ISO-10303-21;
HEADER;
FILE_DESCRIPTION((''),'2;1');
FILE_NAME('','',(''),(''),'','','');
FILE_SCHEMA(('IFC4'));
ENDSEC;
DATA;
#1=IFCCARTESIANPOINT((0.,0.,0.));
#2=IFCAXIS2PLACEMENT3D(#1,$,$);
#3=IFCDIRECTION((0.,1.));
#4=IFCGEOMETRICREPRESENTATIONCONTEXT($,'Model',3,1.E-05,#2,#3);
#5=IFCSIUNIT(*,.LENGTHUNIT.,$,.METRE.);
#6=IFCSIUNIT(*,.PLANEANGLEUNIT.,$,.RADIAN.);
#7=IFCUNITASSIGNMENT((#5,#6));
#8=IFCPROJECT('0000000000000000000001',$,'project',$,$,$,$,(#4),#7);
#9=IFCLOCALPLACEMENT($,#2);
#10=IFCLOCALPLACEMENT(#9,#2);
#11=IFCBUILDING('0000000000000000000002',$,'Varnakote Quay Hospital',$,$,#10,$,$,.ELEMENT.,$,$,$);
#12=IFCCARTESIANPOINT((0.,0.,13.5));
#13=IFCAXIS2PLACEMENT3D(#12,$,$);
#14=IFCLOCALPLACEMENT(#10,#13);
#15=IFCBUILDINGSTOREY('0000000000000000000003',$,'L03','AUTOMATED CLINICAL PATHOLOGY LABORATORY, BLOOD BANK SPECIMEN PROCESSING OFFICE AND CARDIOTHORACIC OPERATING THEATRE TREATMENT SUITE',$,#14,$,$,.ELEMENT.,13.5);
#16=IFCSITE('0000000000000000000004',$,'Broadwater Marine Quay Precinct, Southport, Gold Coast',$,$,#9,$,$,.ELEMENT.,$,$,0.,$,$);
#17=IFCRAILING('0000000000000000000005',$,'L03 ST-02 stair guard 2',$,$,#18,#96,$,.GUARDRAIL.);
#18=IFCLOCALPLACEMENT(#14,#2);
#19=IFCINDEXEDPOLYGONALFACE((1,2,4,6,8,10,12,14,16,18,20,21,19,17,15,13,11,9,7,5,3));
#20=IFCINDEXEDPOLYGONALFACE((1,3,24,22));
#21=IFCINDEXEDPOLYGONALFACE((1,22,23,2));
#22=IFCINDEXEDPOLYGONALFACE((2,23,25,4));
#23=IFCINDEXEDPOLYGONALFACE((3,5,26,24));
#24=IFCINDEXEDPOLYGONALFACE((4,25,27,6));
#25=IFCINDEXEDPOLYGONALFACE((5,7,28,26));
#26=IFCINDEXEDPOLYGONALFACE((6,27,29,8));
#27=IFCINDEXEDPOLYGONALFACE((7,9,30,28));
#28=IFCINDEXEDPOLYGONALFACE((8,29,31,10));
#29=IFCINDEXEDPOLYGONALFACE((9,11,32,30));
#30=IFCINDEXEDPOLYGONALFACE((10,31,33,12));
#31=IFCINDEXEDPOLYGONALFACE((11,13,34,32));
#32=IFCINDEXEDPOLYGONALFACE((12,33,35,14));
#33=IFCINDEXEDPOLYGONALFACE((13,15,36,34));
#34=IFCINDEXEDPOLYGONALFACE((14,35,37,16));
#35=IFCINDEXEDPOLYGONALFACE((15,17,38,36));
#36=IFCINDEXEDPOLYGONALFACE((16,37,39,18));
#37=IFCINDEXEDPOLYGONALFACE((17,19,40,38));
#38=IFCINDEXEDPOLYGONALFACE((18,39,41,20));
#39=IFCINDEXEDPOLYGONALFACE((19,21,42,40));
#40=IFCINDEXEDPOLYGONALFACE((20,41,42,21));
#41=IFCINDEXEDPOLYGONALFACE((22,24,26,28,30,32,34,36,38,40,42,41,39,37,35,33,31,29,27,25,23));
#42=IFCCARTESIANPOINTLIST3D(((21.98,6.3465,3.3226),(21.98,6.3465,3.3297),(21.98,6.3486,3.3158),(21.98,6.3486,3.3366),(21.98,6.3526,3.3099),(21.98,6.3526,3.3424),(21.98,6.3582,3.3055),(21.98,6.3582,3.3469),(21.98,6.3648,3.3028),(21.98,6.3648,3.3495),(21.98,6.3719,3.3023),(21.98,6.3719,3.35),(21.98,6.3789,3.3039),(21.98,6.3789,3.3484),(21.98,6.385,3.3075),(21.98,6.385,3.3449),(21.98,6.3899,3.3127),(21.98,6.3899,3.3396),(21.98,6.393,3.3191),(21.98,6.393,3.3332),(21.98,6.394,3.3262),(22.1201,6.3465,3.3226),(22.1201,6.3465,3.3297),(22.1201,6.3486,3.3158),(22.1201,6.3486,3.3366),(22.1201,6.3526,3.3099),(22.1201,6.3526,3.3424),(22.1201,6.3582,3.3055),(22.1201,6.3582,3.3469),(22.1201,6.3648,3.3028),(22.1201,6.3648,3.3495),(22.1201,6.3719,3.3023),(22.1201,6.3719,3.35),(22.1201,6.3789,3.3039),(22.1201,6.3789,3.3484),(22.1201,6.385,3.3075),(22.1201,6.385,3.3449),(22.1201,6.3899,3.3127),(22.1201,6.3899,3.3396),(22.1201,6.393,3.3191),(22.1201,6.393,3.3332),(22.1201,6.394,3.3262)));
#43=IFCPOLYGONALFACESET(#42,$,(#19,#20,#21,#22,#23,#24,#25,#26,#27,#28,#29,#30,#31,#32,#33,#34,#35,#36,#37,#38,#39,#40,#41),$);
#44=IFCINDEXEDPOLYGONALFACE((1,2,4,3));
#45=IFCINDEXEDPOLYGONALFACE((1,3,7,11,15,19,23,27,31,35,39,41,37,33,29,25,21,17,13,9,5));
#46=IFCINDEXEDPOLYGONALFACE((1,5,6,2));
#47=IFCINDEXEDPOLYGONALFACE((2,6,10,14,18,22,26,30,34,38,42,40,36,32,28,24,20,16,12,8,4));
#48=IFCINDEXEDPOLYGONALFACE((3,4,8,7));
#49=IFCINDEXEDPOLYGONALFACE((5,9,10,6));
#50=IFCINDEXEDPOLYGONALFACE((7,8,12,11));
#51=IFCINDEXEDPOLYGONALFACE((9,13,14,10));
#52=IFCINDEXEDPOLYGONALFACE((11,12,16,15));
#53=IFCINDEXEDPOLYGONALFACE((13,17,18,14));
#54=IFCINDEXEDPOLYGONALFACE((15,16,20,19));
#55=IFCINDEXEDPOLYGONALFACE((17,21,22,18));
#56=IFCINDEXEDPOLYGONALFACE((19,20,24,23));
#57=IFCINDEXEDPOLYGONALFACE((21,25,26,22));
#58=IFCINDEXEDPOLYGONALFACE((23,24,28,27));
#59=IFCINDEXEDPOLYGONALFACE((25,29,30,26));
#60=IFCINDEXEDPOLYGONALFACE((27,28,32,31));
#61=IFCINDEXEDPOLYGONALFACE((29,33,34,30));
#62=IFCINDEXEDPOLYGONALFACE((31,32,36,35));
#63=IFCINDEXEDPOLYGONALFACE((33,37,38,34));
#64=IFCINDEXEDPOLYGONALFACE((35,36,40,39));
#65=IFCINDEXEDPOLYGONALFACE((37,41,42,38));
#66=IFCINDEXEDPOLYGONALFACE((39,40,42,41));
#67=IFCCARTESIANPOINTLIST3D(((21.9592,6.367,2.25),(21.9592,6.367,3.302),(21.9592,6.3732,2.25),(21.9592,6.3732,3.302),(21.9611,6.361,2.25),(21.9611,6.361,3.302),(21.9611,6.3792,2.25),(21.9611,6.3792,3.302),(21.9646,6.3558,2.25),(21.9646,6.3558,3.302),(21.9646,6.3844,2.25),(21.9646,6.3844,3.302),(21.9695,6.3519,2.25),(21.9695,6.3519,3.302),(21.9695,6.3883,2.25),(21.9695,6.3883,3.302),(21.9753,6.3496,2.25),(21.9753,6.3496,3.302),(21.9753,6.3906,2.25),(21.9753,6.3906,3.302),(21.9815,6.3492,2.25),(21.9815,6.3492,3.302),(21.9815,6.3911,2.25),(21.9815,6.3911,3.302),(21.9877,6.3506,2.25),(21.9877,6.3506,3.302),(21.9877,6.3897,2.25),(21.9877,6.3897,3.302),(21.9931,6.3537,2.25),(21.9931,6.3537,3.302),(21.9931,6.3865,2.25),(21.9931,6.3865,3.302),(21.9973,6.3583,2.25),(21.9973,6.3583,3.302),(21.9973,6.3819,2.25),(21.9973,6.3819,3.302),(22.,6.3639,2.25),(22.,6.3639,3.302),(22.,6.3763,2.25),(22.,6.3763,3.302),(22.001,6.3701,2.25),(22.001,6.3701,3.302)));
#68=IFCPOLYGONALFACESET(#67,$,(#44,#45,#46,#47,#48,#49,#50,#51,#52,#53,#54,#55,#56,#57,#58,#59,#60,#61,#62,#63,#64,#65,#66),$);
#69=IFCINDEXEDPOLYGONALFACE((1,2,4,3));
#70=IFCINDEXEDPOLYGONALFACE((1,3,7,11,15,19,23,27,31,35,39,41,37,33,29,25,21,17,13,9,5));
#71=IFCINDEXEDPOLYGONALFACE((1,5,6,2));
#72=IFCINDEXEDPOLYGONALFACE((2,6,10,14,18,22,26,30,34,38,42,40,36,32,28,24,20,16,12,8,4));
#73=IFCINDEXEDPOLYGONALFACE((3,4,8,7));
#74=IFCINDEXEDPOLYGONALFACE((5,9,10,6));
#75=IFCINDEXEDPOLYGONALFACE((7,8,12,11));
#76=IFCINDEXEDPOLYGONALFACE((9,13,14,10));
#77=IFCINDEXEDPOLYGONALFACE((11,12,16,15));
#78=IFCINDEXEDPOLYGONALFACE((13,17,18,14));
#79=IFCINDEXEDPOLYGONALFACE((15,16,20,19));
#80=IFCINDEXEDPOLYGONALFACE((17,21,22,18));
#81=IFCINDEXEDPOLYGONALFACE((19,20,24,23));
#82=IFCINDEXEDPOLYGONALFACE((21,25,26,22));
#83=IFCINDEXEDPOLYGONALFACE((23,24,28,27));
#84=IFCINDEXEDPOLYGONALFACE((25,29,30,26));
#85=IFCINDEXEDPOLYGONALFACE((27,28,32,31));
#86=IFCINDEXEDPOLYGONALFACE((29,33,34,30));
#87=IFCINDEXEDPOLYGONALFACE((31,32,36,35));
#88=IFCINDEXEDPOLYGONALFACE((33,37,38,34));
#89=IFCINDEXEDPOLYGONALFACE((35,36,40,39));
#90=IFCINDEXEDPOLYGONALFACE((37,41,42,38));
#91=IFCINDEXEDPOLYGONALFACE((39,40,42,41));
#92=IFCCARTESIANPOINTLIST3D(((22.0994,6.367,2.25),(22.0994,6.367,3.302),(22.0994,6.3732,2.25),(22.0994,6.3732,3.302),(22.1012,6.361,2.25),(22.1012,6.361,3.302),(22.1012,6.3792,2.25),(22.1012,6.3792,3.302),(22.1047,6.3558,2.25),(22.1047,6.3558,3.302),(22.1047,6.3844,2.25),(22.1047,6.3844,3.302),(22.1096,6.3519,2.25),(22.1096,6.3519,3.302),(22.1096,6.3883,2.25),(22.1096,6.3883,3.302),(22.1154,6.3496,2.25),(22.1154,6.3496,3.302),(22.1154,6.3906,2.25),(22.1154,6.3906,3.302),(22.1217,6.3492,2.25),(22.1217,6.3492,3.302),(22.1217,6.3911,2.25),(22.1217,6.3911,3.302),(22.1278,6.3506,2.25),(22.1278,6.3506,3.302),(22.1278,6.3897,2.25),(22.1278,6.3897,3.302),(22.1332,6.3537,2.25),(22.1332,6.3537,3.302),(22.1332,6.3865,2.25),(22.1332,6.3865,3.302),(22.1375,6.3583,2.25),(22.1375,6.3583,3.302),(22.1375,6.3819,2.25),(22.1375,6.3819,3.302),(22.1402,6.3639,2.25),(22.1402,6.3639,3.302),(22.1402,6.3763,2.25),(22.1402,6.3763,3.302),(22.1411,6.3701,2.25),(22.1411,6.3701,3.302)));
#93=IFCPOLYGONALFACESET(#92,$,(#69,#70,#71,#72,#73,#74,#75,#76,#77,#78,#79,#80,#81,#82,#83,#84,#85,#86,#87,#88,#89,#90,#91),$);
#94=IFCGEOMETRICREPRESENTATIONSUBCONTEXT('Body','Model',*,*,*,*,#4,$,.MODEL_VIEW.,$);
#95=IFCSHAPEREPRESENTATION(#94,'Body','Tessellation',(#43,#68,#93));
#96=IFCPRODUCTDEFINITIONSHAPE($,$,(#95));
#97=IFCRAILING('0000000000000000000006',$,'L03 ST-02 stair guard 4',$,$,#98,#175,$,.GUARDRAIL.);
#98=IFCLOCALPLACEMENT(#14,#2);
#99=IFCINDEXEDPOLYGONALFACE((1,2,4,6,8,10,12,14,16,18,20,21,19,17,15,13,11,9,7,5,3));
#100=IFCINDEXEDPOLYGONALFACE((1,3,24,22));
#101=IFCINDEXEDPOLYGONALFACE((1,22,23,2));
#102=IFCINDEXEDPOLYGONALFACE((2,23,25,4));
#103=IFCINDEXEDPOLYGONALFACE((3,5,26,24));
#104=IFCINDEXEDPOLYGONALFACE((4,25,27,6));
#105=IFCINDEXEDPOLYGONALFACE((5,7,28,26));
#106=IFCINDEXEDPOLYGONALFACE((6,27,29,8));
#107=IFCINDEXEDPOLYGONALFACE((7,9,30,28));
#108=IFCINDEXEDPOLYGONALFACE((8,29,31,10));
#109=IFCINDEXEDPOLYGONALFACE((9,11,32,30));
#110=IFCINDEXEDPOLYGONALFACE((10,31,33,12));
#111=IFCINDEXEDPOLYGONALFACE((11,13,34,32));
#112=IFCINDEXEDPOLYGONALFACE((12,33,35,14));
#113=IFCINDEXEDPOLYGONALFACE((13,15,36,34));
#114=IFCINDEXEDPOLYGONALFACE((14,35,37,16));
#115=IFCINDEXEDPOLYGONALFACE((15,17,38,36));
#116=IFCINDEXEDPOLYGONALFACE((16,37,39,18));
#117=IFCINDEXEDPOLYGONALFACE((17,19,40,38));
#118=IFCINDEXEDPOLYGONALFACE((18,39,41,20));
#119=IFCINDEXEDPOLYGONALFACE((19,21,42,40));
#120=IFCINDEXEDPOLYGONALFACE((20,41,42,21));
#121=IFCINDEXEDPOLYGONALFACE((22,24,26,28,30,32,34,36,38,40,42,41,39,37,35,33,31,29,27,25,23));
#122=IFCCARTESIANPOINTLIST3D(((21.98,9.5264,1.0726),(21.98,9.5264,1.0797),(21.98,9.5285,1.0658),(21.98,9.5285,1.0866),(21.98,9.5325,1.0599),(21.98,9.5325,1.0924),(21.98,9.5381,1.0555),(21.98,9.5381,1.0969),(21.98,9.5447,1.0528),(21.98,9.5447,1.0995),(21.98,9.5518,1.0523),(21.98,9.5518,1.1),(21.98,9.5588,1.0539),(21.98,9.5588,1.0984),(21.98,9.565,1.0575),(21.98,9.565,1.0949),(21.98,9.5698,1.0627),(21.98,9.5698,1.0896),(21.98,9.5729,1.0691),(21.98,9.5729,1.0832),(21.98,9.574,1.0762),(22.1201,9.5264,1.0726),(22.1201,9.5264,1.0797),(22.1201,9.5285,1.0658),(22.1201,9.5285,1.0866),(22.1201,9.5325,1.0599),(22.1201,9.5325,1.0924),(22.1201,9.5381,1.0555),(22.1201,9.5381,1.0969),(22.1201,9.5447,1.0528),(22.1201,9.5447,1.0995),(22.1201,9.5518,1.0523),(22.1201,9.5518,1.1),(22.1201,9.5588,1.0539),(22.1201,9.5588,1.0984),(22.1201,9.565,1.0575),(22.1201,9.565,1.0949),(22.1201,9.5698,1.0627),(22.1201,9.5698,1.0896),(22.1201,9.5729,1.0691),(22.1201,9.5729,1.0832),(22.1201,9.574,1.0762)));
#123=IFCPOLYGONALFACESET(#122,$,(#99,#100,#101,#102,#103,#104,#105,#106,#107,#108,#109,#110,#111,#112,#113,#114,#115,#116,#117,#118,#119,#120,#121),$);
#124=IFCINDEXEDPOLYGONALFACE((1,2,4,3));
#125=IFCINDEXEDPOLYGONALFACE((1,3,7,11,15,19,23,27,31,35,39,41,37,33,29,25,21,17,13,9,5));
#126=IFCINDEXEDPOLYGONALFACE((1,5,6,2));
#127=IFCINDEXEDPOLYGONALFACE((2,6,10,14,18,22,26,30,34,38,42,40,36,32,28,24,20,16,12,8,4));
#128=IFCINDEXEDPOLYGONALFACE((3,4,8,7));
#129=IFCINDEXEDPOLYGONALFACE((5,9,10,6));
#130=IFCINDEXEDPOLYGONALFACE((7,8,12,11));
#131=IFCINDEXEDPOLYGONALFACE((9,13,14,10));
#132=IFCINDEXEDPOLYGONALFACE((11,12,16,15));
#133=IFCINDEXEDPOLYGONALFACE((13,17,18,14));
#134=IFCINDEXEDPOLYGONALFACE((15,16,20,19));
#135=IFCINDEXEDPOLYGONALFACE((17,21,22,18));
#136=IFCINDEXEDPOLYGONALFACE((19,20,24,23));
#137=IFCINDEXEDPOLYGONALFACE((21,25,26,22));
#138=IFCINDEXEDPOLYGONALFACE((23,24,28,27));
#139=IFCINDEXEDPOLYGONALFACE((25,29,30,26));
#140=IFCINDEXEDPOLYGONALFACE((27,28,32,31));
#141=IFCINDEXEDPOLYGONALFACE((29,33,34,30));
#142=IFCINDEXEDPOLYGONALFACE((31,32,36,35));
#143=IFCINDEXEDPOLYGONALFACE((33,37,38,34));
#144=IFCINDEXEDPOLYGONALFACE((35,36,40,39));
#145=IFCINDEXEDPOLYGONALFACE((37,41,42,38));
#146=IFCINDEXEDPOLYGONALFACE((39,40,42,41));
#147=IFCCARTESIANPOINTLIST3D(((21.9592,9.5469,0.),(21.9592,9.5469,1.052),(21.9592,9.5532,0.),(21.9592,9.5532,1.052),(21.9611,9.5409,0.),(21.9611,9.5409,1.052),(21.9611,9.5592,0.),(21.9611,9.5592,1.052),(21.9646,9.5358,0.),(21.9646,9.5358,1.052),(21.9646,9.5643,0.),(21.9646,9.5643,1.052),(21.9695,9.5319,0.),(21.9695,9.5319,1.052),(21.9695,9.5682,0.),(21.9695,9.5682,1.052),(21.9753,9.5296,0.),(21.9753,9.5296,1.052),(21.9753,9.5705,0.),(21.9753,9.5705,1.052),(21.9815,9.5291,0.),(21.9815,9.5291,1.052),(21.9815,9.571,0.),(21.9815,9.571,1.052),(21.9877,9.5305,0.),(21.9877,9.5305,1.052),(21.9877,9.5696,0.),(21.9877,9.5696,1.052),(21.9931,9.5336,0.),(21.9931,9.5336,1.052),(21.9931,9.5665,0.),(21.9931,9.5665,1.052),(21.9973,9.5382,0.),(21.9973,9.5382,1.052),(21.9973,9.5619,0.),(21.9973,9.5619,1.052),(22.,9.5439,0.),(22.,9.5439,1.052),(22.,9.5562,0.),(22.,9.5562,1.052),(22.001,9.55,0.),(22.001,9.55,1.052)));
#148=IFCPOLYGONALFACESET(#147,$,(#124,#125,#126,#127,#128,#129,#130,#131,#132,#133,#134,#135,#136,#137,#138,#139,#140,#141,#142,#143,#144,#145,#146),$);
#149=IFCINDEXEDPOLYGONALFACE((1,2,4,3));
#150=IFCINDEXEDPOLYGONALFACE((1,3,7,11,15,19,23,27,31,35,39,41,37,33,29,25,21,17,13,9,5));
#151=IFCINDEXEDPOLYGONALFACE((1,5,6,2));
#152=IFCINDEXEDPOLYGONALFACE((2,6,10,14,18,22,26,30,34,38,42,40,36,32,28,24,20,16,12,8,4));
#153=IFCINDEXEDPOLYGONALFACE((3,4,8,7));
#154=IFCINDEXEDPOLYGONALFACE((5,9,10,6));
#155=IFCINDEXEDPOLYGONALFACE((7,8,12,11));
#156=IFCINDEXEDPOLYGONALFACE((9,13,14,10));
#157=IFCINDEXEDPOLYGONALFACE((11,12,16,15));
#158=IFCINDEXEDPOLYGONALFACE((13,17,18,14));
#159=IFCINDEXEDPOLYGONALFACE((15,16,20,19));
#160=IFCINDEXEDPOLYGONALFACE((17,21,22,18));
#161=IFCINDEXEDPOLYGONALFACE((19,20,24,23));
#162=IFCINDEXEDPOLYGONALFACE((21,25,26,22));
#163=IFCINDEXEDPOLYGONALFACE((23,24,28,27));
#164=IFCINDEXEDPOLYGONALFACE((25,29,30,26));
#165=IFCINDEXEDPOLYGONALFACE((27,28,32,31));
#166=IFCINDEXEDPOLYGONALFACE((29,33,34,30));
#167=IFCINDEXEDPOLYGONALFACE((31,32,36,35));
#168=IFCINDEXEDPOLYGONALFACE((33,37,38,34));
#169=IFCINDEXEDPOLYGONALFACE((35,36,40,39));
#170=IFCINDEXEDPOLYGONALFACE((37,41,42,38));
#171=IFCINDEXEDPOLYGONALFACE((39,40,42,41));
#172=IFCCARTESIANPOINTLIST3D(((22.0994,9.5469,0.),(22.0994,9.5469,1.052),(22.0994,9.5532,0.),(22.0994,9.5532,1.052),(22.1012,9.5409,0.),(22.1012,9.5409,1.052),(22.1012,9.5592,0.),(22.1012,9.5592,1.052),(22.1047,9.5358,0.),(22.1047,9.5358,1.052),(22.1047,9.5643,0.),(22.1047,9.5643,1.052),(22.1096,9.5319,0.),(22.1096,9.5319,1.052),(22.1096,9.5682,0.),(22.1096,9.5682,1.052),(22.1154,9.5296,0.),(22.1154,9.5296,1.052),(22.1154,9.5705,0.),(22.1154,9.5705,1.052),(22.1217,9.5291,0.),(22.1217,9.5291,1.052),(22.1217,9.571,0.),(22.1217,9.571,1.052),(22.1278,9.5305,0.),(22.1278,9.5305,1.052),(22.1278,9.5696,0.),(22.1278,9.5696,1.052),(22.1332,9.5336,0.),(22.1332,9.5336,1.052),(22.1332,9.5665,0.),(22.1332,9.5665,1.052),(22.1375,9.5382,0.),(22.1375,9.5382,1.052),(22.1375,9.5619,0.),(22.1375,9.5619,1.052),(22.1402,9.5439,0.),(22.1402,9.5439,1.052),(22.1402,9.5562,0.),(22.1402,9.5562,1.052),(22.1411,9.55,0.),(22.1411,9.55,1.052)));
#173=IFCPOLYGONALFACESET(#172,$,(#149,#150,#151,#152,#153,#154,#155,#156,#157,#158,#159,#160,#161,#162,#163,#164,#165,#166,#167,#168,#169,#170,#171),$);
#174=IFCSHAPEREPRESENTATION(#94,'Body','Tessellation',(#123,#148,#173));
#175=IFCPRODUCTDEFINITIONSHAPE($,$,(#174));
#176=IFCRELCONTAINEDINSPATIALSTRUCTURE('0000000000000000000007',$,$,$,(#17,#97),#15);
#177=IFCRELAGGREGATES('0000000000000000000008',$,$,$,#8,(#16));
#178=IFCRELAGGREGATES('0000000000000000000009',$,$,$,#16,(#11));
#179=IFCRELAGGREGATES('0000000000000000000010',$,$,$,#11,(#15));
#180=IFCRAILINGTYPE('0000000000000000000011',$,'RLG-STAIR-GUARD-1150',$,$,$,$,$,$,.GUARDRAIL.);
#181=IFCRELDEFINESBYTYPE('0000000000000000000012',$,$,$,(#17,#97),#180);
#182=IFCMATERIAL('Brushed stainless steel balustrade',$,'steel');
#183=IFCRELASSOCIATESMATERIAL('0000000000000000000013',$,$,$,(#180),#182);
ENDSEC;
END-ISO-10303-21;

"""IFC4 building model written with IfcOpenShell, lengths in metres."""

from ifc_helpers import new_model, si_unit, direction, frame, origin, origin_2d, place, context, subcontext, project, spatial, circle, extrude, material, type_object, element, save


model = new_model("IFC4")

# Units and contexts
model_context = context("Model", 3, precision=1e-05, world=origin(), true_north=direction((0.0, 1.0)))
body_context = subcontext(model_context, "Body", "Model", "MODEL_VIEW")
ifc_project = project(units=[si_unit("LENGTHUNIT", "METRE"), si_unit("PLANEANGLEUNIT", "RADIAN")], contexts=[model_context])

# Site, building, storey
site_placement = place(None, origin())
site = spatial("IfcSite", under=ifc_project, at=site_placement, Name="Broadwater Marine Quay Precinct, Southport, Gold Coast", CompositionType="ELEMENT", RefElevation=0.0)
building_placement = place(site_placement, origin())
building = spatial("IfcBuilding", under=site, at=building_placement, Name="Varnakote Quay Hospital", CompositionType="ELEMENT")
storey_placement = place(building_placement, frame((0.0, 0.0, 13.5)))
storey = spatial("IfcBuildingStorey", under=building, at=storey_placement, Name="L03", Description="AUTOMATED CLINICAL PATHOLOGY LABORATORY, BLOOD BANK SPECIMEN PROCESSING OFFICE AND CARDIOTHORACIC OPERATING THEATRE TREATMENT SUITE", CompositionType="ELEMENT", Elevation=13.5)

# Railings
ifc_material_1 = material(Name="Brushed stainless steel balustrade", Category="steel")
railing_type_1 = type_object("IfcRailingType", Name="RLG-STAIR-GUARD-1150", PredefinedType="GUARDRAIL", material=ifc_material_1)
for number, where, name in (
    (1, (21.98, 6.3701, 2.25), "L03 ST-02 stair guard 2"),
    (2, (21.98, 9.55, 0.0), "L03 ST-02 stair guard 4"),
):
    element("IfcRailing", number, at=place(storey_placement, frame(where)), inside=storey, type_object=railing_type_1, Name=name, PredefinedType="GUARDRAIL", context=body_context, shape_type="SweptSolid", body=[
        extrude(circle(Radius=0.0239, at=origin_2d()), frame((0.0, 0.0, 1.0762), z_axis=(1.0, 0.0, 0.0), x_axis=(0.0, 1.0, 0.0)), (0.0, 0.0, 1.0), 0.1401),
        extrude(circle(Radius=0.021, at=origin_2d()), origin(), (0.0, 0.0, 1.0), 1.052),
        extrude(circle(Radius=0.021, at=origin_2d()), frame((0.1401, 0.0, 0.0)), (0.0, 0.0, 1.0), 1.052),
    ])

save(model, "model.ifc")
